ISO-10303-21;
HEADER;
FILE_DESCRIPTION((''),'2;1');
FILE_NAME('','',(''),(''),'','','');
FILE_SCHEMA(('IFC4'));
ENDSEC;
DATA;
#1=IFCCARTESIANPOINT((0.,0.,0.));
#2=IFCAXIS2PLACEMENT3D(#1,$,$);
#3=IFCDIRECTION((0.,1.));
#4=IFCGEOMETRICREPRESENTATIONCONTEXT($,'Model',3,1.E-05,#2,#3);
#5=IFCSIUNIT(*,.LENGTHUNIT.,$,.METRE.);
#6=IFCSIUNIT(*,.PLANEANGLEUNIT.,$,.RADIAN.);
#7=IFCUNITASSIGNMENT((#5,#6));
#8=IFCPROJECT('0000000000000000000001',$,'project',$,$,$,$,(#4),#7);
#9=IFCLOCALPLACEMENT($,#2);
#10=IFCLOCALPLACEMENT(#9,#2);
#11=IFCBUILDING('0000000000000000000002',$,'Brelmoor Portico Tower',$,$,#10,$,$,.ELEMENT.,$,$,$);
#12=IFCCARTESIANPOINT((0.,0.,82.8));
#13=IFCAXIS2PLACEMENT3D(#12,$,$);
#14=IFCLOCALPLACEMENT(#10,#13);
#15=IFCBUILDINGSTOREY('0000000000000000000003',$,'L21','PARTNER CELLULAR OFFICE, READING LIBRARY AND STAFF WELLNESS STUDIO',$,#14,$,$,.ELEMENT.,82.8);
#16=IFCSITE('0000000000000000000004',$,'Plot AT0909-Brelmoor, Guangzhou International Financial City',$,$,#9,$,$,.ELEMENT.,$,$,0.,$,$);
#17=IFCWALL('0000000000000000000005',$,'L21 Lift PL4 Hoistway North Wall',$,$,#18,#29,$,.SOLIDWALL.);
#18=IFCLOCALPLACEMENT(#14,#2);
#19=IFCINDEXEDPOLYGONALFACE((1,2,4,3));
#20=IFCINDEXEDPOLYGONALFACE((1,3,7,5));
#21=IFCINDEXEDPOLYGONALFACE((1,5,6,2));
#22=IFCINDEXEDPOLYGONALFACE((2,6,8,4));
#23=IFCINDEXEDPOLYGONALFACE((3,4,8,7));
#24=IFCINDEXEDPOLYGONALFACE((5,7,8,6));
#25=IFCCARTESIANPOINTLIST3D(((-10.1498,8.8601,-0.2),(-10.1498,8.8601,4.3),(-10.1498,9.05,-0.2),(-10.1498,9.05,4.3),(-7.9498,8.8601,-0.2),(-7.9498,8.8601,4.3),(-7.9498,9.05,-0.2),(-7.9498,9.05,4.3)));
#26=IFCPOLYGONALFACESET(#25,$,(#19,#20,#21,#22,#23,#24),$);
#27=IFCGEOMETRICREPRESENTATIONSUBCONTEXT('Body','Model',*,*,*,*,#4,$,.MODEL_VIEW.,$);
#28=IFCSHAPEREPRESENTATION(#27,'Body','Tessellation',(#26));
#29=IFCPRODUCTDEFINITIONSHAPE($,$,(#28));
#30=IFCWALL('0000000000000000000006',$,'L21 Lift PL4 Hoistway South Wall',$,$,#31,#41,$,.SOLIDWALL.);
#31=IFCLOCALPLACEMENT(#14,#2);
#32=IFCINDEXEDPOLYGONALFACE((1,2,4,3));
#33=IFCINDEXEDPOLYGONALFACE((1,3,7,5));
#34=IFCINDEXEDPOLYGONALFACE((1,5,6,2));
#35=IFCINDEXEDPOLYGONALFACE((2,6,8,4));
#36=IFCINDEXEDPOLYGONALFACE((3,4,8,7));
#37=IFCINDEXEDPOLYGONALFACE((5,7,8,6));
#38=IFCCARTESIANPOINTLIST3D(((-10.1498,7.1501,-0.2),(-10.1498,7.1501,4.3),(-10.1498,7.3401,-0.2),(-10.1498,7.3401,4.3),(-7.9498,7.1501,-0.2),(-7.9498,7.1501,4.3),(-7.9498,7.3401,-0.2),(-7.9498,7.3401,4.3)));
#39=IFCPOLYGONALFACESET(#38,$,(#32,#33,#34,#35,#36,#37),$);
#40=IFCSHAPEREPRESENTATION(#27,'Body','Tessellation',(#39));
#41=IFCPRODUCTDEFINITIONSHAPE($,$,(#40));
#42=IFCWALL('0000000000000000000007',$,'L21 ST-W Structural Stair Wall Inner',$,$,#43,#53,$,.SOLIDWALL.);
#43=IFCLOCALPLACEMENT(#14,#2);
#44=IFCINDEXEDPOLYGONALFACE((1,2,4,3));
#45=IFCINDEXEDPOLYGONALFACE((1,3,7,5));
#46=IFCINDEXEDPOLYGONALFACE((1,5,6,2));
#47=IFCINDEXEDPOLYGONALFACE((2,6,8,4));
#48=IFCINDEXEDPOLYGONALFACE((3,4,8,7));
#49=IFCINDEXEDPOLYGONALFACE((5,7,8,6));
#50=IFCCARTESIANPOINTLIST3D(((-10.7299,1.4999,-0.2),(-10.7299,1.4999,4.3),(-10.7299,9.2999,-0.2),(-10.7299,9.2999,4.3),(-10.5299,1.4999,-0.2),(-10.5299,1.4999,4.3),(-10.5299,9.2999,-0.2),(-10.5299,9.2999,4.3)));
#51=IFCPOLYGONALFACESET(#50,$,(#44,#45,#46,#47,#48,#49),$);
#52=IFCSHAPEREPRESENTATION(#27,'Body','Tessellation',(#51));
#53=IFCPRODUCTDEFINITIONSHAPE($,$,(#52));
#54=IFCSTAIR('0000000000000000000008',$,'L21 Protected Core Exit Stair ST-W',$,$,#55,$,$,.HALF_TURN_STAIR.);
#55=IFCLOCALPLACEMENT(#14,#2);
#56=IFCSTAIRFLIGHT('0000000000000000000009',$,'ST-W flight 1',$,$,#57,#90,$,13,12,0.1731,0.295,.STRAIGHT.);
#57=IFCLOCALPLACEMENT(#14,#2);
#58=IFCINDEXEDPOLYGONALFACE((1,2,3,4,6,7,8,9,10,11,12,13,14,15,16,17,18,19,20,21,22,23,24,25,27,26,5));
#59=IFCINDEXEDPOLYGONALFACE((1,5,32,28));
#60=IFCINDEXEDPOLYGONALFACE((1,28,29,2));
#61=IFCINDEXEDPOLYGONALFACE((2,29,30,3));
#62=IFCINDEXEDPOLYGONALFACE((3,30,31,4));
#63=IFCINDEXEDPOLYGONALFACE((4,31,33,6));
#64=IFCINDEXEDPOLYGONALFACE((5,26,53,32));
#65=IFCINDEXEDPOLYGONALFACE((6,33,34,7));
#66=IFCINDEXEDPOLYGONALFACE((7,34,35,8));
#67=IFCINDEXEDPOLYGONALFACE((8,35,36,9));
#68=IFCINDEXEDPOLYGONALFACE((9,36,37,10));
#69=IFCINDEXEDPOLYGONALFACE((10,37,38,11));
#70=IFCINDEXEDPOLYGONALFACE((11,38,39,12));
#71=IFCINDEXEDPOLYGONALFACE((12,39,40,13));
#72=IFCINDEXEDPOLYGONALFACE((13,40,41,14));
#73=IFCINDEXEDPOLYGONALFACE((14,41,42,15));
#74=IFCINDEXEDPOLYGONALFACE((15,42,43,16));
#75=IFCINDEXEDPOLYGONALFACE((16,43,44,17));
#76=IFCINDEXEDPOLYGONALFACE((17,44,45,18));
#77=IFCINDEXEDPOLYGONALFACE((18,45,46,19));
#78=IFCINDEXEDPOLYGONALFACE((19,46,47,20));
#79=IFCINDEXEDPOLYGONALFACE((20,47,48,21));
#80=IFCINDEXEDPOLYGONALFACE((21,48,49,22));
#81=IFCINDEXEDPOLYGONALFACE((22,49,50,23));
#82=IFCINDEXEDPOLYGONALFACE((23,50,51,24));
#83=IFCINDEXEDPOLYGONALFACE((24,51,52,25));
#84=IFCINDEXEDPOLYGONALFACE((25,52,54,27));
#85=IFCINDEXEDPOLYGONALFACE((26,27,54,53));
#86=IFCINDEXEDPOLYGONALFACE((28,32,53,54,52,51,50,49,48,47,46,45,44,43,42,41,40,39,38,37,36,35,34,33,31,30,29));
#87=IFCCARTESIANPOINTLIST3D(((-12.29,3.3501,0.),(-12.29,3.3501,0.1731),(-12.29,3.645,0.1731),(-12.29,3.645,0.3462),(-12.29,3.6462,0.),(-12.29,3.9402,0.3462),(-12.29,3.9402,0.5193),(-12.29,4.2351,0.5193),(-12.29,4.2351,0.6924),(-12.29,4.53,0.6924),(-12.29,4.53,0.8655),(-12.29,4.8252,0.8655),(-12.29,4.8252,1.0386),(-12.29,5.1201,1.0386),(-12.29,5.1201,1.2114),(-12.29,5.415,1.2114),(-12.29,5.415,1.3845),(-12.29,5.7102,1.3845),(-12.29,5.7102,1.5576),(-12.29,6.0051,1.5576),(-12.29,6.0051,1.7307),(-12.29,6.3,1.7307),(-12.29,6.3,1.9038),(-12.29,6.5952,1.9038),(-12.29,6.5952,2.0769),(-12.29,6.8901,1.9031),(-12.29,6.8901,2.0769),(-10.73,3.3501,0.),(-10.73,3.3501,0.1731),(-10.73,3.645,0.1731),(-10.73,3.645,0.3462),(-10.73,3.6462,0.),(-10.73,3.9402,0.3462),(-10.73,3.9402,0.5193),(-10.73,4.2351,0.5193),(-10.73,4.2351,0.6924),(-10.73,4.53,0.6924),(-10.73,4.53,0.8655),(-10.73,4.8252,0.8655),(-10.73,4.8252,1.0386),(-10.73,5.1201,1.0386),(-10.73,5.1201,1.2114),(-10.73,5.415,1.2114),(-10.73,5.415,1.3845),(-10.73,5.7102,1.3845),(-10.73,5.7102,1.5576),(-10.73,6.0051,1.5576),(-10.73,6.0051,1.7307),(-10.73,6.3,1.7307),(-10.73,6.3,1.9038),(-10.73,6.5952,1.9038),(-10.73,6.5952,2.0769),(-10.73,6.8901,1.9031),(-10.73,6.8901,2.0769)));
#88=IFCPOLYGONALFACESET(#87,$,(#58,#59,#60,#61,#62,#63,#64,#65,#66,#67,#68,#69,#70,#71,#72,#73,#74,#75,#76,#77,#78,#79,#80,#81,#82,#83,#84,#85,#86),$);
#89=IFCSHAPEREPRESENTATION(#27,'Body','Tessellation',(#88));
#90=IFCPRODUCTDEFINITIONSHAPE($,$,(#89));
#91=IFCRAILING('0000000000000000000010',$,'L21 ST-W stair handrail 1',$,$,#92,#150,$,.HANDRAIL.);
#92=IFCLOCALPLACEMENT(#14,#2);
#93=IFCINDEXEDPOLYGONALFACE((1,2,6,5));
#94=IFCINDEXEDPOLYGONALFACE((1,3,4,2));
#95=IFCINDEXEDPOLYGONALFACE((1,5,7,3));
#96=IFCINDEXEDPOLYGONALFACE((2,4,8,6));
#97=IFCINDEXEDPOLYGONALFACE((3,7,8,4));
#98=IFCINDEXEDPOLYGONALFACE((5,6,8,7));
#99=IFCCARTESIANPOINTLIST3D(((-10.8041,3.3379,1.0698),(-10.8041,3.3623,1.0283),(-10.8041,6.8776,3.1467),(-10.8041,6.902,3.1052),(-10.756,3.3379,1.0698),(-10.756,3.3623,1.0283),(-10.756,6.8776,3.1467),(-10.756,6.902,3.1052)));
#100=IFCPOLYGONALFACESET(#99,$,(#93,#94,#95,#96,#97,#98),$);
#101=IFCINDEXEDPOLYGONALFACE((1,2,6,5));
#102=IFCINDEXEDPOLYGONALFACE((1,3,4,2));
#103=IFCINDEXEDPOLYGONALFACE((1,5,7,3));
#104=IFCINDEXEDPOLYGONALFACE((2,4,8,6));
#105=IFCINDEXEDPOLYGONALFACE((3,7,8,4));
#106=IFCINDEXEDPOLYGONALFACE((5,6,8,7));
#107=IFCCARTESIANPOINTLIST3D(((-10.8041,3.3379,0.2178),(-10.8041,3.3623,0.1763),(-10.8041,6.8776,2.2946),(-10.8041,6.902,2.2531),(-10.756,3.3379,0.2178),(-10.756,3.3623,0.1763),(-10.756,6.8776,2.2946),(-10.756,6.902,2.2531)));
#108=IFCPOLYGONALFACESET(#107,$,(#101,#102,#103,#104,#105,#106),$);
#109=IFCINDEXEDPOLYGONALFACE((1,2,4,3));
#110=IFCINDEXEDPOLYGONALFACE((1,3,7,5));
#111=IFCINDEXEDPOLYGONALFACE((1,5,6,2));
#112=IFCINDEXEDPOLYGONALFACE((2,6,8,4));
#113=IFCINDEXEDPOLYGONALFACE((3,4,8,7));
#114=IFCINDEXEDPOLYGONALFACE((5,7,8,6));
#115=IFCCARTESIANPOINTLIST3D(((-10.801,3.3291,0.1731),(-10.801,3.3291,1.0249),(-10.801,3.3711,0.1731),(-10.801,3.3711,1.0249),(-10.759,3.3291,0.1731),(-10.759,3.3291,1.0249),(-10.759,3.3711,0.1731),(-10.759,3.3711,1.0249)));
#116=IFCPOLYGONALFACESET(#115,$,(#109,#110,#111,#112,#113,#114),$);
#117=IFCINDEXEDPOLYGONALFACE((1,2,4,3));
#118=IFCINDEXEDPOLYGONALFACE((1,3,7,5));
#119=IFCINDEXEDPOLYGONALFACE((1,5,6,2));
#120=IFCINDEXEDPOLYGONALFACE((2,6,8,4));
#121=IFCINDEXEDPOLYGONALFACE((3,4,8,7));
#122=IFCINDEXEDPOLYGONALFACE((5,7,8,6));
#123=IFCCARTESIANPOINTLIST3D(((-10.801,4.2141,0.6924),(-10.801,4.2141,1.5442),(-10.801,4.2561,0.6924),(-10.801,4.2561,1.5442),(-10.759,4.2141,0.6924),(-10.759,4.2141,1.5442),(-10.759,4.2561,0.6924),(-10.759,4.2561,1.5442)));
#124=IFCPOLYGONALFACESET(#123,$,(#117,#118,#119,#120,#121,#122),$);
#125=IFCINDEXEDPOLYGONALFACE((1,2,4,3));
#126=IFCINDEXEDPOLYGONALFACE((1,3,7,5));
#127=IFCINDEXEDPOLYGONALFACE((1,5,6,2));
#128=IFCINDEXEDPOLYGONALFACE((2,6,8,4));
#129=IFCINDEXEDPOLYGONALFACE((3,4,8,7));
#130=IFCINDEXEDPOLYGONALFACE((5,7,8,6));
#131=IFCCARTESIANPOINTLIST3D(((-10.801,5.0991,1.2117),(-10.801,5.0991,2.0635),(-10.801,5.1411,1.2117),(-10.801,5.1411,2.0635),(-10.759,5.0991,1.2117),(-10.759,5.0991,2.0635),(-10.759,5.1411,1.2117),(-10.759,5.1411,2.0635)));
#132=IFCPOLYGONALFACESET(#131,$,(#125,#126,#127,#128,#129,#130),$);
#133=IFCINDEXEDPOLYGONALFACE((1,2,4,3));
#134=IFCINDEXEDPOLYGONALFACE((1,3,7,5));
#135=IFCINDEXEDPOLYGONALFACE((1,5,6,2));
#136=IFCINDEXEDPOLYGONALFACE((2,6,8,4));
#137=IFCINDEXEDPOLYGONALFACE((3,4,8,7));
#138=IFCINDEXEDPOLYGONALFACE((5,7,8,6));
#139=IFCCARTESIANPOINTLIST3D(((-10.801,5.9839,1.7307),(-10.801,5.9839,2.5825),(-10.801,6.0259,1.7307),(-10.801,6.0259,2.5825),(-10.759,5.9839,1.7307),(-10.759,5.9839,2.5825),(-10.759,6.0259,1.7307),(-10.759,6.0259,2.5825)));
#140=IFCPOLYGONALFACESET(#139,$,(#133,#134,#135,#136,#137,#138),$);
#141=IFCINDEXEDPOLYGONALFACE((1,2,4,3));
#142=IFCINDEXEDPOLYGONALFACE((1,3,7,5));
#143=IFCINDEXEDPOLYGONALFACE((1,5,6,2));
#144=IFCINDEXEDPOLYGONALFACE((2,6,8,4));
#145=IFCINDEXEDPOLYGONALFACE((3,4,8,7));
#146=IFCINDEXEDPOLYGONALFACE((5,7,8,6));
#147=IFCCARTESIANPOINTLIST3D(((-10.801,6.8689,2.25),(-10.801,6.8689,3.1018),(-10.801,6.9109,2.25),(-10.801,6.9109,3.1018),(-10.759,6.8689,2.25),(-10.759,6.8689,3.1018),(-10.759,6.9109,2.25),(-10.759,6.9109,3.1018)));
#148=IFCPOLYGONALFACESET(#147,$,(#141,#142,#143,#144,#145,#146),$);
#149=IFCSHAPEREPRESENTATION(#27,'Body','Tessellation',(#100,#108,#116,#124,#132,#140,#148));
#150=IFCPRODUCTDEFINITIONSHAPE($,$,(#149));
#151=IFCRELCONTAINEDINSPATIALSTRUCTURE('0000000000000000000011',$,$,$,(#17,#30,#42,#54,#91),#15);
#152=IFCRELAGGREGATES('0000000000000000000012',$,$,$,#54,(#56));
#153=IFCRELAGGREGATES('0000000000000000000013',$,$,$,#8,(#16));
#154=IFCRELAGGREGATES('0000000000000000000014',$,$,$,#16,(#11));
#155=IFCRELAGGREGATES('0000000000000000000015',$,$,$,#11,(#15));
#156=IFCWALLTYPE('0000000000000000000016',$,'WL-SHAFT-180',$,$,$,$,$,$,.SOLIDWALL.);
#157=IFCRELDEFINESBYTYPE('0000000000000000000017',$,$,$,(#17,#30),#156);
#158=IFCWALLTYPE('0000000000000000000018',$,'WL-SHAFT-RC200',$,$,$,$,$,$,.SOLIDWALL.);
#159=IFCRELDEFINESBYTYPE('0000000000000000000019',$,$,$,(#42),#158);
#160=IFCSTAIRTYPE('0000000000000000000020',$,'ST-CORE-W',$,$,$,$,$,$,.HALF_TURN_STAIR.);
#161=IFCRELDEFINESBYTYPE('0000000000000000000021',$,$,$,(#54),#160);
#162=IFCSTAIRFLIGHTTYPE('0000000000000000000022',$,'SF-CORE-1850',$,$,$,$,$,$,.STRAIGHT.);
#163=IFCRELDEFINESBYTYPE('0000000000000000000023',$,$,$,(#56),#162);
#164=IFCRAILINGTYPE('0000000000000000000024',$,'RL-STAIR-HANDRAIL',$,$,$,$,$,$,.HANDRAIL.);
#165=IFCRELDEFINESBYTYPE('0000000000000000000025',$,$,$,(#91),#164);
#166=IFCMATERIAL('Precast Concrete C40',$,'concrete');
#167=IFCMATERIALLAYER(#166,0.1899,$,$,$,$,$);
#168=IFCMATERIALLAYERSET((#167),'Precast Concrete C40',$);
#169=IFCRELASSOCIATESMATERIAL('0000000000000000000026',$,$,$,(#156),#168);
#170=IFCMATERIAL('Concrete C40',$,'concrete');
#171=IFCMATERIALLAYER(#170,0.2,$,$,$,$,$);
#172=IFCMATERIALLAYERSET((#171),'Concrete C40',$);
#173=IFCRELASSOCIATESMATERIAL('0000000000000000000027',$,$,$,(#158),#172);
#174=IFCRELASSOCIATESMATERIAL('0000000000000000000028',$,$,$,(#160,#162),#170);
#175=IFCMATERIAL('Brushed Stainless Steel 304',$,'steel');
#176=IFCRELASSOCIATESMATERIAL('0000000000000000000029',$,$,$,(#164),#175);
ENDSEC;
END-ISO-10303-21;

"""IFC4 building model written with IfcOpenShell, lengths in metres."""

from ifc_helpers import new_model, si_unit, direction, frame, frame_2d, origin, origin_2d, place, context, subcontext, project, spatial, polyline, rectangle, outline, extrude, material, layer, layer_set, type_object, element, aggregate, save


model = new_model("IFC4")

# Units and contexts
model_context = context("Model", 3, precision=1e-05, world=origin(), true_north=direction((0.0, 1.0)))
body_context = subcontext(model_context, "Body", "Model", "MODEL_VIEW")
ifc_project = project(units=[si_unit("LENGTHUNIT", "METRE"), si_unit("PLANEANGLEUNIT", "RADIAN")], contexts=[model_context])

# Site, building, storey
site_placement = place(None, origin())
site = spatial("IfcSite", under=ifc_project, at=site_placement, Name="Plot AT0909-Brelmoor, Guangzhou International Financial City", CompositionType="ELEMENT", RefElevation=0.0)
building_placement = place(site_placement, origin())
building = spatial("IfcBuilding", under=site, at=building_placement, Name="Brelmoor Portico Tower", CompositionType="ELEMENT")
storey_placement = place(building_placement, frame((0.0, 0.0, 82.8)))
storey = spatial("IfcBuildingStorey", under=building, at=storey_placement, Name="L21", Description="PARTNER CELLULAR OFFICE, READING LIBRARY AND STAFF WELLNESS STUDIO", CompositionType="ELEMENT", Elevation=82.8)

# Shared definitions
ifc_material_1 = material(Name="Precast Concrete C40", Category="concrete")
ifc_layer_1 = layer(ifc_material_1, 0.1899)
ifc_layer_set_1 = layer_set([ifc_layer_1], Name="Precast Concrete C40")
wall_type_1 = type_object("IfcWallType", Name="WL-SHAFT-180", PredefinedType="SOLIDWALL", material=ifc_layer_set_1)

# Walls
for number, where, z_axis, x_axis, name in (
    (1, (-10.1499, 8.9551, -0.2), (0.0, 0.0, 1.0), (1.0, 0.0, 0.0), "L21 Lift PL4 Hoistway North Wall"),
    (2, (-10.1499, 7.2451, -0.2), (0.0, 0.0, 1.0), (1.0, 0.0, 0.0), "L21 Lift PL4 Hoistway South Wall"),
):
    element("IfcWall", number, at=place(storey_placement, frame(where, z_axis=z_axis, x_axis=x_axis)), inside=storey, type_object=wall_type_1, Name=name, PredefinedType="SOLIDWALL", context=body_context, shape_type="SweptSolid", body=[
        extrude(rectangle(XDim=2.2, YDim=0.1899, at=frame_2d((1.1001, 0.0))), origin(), (0.0, 0.0, 1.0), 4.5),
    ])
ifc_material_2 = material(Name="Concrete C40", Category="concrete")
ifc_layer_2 = layer(ifc_material_2, 0.2)
ifc_layer_set_2 = layer_set([ifc_layer_2], Name="Concrete C40")
wall_type_2 = type_object("IfcWallType", Name="WL-SHAFT-RC200", PredefinedType="SOLIDWALL", material=ifc_layer_set_2)
wall_1_placement = place(storey_placement, frame((-10.6299, 1.5, -0.2), z_axis=(0.0, 0.0, 1.0), x_axis=(0.0, 1.0, 0.0)))
element("IfcWall", 3, at=wall_1_placement, inside=storey, type_object=wall_type_2, Name="L21 ST-W Structural Stair Wall Inner", PredefinedType="SOLIDWALL", context=body_context, shape_type="SweptSolid", body=[
    extrude(rectangle(XDim=7.8, YDim=0.2, at=frame_2d((3.8999, 0.0))), origin(), (0.0, 0.0, 1.0), 4.5),
])

# Stair, stair flight
stair_type = type_object("IfcStairType", Name="ST-CORE-W", PredefinedType="HALF_TURN_STAIR", material=ifc_material_2)
stair_placement = place(storey_placement, origin())
stair = element("IfcStair", 4, at=stair_placement, inside=storey, type_object=stair_type, Name="L21 Protected Core Exit Stair ST-W", PredefinedType="HALF_TURN_STAIR")
stair_flight_type = type_object("IfcStairFlightType", Name="SF-CORE-1850", PredefinedType="STRAIGHT", material=ifc_material_2)
stair_flight_placement = place(storey_placement, frame((-11.51, 3.3501, 0.0), z_axis=(0.0, 0.0, 1.0), x_axis=(0.0, 1.0, 0.0)))
stair_flight = element("IfcStairFlight", 5, at=stair_flight_placement, type_object=stair_flight_type, Name="ST-W flight 1", NumberOfRisers=13, NumberOfTreads=12, PredefinedType="STRAIGHT", RiserHeight=0.1731, TreadLength=0.295, context=body_context, shape_type="SweptSolid", body=[
    extrude(outline(polyline([(0.0, 0.0), (0.0, 0.1731), (0.2949, 0.1731), (0.2949, 0.3462), (0.5901, 0.3462), (0.5901, 0.5193), (0.885, 0.5193), (0.885, 0.6924), (1.1799, 0.6924), (1.1799, 0.8655), (1.4751, 0.8655), (1.4751, 1.0386), (1.77, 1.0386), (1.77, 1.2114), (2.0649, 1.2114), (2.0649, 1.3845), (2.3601, 1.3845), (2.3601, 1.5576), (2.655, 1.5576), (2.655, 1.7307), (2.95, 1.7307), (2.95, 1.9038), (3.2451, 1.9038), (3.2451, 2.0769), (3.54, 2.0769), (3.54, 2.25), (3.54, 1.9031), (0.2961, 0.0), (0.0, 0.0)])), frame((0.0, 0.78, 0.0), z_axis=(0.0, -1.0, 0.0), x_axis=(1.0, 0.0, 0.0)), (0.0, 0.0, 1.0), 1.5601),
])
aggregate(stair, [stair_flight])

# Railing
ifc_material_3 = material(Name="Brushed Stainless Steel 304", Category="steel")
railing_type = type_object("IfcRailingType", Name="RL-STAIR-HANDRAIL", PredefinedType="HANDRAIL", material=ifc_material_3)
railing_placement = place(storey_placement, frame((-10.78, 3.3501, 0.1731)))
element("IfcRailing", 6, at=railing_placement, inside=storey, type_object=railing_type, Name="L21 ST-W stair handrail 1", PredefinedType="HANDRAIL", context=body_context, shape_type="SweptSolid", body=[
    extrude(rectangle(XDim=0.0481, YDim=0.0481, at=origin_2d()), frame((0.0, 0.0, 0.876), z_axis=(0.0, 0.862501, 0.506055), x_axis=(-1.0, 0.0, 0.0)), (0.0, 0.0, 1.0), 4.104),
    extrude(rectangle(XDim=0.0481, YDim=0.0481, at=origin_2d()), frame((0.0, 0.0, 0.0239), z_axis=(0.0, 0.862501, 0.506055), x_axis=(-1.0, 0.0, 0.0)), (0.0, 0.0, 1.0), 4.104),
    extrude(rectangle(XDim=0.042, YDim=0.042, at=origin_2d()), origin(), (0.0, 0.0, 1.0), 0.8518),
    extrude(rectangle(XDim=0.042, YDim=0.042, at=origin_2d()), frame((0.0, 0.885, 0.5193)), (0.0, 0.0, 1.0), 0.8518),
    extrude(rectangle(XDim=0.042, YDim=0.042, at=origin_2d()), frame((0.0, 1.77, 1.0386)), (0.0, 0.0, 1.0), 0.8518),
    extrude(rectangle(XDim=0.042, YDim=0.042, at=origin_2d()), frame((0.0, 2.6548, 1.5576)), (0.0, 0.0, 1.0), 0.8518),
    extrude(rectangle(XDim=0.042, YDim=0.042, at=origin_2d()), frame((0.0, 3.5398, 2.0769)), (0.0, 0.0, 1.0), 0.8518),
])

save(model, "model.ifc")
